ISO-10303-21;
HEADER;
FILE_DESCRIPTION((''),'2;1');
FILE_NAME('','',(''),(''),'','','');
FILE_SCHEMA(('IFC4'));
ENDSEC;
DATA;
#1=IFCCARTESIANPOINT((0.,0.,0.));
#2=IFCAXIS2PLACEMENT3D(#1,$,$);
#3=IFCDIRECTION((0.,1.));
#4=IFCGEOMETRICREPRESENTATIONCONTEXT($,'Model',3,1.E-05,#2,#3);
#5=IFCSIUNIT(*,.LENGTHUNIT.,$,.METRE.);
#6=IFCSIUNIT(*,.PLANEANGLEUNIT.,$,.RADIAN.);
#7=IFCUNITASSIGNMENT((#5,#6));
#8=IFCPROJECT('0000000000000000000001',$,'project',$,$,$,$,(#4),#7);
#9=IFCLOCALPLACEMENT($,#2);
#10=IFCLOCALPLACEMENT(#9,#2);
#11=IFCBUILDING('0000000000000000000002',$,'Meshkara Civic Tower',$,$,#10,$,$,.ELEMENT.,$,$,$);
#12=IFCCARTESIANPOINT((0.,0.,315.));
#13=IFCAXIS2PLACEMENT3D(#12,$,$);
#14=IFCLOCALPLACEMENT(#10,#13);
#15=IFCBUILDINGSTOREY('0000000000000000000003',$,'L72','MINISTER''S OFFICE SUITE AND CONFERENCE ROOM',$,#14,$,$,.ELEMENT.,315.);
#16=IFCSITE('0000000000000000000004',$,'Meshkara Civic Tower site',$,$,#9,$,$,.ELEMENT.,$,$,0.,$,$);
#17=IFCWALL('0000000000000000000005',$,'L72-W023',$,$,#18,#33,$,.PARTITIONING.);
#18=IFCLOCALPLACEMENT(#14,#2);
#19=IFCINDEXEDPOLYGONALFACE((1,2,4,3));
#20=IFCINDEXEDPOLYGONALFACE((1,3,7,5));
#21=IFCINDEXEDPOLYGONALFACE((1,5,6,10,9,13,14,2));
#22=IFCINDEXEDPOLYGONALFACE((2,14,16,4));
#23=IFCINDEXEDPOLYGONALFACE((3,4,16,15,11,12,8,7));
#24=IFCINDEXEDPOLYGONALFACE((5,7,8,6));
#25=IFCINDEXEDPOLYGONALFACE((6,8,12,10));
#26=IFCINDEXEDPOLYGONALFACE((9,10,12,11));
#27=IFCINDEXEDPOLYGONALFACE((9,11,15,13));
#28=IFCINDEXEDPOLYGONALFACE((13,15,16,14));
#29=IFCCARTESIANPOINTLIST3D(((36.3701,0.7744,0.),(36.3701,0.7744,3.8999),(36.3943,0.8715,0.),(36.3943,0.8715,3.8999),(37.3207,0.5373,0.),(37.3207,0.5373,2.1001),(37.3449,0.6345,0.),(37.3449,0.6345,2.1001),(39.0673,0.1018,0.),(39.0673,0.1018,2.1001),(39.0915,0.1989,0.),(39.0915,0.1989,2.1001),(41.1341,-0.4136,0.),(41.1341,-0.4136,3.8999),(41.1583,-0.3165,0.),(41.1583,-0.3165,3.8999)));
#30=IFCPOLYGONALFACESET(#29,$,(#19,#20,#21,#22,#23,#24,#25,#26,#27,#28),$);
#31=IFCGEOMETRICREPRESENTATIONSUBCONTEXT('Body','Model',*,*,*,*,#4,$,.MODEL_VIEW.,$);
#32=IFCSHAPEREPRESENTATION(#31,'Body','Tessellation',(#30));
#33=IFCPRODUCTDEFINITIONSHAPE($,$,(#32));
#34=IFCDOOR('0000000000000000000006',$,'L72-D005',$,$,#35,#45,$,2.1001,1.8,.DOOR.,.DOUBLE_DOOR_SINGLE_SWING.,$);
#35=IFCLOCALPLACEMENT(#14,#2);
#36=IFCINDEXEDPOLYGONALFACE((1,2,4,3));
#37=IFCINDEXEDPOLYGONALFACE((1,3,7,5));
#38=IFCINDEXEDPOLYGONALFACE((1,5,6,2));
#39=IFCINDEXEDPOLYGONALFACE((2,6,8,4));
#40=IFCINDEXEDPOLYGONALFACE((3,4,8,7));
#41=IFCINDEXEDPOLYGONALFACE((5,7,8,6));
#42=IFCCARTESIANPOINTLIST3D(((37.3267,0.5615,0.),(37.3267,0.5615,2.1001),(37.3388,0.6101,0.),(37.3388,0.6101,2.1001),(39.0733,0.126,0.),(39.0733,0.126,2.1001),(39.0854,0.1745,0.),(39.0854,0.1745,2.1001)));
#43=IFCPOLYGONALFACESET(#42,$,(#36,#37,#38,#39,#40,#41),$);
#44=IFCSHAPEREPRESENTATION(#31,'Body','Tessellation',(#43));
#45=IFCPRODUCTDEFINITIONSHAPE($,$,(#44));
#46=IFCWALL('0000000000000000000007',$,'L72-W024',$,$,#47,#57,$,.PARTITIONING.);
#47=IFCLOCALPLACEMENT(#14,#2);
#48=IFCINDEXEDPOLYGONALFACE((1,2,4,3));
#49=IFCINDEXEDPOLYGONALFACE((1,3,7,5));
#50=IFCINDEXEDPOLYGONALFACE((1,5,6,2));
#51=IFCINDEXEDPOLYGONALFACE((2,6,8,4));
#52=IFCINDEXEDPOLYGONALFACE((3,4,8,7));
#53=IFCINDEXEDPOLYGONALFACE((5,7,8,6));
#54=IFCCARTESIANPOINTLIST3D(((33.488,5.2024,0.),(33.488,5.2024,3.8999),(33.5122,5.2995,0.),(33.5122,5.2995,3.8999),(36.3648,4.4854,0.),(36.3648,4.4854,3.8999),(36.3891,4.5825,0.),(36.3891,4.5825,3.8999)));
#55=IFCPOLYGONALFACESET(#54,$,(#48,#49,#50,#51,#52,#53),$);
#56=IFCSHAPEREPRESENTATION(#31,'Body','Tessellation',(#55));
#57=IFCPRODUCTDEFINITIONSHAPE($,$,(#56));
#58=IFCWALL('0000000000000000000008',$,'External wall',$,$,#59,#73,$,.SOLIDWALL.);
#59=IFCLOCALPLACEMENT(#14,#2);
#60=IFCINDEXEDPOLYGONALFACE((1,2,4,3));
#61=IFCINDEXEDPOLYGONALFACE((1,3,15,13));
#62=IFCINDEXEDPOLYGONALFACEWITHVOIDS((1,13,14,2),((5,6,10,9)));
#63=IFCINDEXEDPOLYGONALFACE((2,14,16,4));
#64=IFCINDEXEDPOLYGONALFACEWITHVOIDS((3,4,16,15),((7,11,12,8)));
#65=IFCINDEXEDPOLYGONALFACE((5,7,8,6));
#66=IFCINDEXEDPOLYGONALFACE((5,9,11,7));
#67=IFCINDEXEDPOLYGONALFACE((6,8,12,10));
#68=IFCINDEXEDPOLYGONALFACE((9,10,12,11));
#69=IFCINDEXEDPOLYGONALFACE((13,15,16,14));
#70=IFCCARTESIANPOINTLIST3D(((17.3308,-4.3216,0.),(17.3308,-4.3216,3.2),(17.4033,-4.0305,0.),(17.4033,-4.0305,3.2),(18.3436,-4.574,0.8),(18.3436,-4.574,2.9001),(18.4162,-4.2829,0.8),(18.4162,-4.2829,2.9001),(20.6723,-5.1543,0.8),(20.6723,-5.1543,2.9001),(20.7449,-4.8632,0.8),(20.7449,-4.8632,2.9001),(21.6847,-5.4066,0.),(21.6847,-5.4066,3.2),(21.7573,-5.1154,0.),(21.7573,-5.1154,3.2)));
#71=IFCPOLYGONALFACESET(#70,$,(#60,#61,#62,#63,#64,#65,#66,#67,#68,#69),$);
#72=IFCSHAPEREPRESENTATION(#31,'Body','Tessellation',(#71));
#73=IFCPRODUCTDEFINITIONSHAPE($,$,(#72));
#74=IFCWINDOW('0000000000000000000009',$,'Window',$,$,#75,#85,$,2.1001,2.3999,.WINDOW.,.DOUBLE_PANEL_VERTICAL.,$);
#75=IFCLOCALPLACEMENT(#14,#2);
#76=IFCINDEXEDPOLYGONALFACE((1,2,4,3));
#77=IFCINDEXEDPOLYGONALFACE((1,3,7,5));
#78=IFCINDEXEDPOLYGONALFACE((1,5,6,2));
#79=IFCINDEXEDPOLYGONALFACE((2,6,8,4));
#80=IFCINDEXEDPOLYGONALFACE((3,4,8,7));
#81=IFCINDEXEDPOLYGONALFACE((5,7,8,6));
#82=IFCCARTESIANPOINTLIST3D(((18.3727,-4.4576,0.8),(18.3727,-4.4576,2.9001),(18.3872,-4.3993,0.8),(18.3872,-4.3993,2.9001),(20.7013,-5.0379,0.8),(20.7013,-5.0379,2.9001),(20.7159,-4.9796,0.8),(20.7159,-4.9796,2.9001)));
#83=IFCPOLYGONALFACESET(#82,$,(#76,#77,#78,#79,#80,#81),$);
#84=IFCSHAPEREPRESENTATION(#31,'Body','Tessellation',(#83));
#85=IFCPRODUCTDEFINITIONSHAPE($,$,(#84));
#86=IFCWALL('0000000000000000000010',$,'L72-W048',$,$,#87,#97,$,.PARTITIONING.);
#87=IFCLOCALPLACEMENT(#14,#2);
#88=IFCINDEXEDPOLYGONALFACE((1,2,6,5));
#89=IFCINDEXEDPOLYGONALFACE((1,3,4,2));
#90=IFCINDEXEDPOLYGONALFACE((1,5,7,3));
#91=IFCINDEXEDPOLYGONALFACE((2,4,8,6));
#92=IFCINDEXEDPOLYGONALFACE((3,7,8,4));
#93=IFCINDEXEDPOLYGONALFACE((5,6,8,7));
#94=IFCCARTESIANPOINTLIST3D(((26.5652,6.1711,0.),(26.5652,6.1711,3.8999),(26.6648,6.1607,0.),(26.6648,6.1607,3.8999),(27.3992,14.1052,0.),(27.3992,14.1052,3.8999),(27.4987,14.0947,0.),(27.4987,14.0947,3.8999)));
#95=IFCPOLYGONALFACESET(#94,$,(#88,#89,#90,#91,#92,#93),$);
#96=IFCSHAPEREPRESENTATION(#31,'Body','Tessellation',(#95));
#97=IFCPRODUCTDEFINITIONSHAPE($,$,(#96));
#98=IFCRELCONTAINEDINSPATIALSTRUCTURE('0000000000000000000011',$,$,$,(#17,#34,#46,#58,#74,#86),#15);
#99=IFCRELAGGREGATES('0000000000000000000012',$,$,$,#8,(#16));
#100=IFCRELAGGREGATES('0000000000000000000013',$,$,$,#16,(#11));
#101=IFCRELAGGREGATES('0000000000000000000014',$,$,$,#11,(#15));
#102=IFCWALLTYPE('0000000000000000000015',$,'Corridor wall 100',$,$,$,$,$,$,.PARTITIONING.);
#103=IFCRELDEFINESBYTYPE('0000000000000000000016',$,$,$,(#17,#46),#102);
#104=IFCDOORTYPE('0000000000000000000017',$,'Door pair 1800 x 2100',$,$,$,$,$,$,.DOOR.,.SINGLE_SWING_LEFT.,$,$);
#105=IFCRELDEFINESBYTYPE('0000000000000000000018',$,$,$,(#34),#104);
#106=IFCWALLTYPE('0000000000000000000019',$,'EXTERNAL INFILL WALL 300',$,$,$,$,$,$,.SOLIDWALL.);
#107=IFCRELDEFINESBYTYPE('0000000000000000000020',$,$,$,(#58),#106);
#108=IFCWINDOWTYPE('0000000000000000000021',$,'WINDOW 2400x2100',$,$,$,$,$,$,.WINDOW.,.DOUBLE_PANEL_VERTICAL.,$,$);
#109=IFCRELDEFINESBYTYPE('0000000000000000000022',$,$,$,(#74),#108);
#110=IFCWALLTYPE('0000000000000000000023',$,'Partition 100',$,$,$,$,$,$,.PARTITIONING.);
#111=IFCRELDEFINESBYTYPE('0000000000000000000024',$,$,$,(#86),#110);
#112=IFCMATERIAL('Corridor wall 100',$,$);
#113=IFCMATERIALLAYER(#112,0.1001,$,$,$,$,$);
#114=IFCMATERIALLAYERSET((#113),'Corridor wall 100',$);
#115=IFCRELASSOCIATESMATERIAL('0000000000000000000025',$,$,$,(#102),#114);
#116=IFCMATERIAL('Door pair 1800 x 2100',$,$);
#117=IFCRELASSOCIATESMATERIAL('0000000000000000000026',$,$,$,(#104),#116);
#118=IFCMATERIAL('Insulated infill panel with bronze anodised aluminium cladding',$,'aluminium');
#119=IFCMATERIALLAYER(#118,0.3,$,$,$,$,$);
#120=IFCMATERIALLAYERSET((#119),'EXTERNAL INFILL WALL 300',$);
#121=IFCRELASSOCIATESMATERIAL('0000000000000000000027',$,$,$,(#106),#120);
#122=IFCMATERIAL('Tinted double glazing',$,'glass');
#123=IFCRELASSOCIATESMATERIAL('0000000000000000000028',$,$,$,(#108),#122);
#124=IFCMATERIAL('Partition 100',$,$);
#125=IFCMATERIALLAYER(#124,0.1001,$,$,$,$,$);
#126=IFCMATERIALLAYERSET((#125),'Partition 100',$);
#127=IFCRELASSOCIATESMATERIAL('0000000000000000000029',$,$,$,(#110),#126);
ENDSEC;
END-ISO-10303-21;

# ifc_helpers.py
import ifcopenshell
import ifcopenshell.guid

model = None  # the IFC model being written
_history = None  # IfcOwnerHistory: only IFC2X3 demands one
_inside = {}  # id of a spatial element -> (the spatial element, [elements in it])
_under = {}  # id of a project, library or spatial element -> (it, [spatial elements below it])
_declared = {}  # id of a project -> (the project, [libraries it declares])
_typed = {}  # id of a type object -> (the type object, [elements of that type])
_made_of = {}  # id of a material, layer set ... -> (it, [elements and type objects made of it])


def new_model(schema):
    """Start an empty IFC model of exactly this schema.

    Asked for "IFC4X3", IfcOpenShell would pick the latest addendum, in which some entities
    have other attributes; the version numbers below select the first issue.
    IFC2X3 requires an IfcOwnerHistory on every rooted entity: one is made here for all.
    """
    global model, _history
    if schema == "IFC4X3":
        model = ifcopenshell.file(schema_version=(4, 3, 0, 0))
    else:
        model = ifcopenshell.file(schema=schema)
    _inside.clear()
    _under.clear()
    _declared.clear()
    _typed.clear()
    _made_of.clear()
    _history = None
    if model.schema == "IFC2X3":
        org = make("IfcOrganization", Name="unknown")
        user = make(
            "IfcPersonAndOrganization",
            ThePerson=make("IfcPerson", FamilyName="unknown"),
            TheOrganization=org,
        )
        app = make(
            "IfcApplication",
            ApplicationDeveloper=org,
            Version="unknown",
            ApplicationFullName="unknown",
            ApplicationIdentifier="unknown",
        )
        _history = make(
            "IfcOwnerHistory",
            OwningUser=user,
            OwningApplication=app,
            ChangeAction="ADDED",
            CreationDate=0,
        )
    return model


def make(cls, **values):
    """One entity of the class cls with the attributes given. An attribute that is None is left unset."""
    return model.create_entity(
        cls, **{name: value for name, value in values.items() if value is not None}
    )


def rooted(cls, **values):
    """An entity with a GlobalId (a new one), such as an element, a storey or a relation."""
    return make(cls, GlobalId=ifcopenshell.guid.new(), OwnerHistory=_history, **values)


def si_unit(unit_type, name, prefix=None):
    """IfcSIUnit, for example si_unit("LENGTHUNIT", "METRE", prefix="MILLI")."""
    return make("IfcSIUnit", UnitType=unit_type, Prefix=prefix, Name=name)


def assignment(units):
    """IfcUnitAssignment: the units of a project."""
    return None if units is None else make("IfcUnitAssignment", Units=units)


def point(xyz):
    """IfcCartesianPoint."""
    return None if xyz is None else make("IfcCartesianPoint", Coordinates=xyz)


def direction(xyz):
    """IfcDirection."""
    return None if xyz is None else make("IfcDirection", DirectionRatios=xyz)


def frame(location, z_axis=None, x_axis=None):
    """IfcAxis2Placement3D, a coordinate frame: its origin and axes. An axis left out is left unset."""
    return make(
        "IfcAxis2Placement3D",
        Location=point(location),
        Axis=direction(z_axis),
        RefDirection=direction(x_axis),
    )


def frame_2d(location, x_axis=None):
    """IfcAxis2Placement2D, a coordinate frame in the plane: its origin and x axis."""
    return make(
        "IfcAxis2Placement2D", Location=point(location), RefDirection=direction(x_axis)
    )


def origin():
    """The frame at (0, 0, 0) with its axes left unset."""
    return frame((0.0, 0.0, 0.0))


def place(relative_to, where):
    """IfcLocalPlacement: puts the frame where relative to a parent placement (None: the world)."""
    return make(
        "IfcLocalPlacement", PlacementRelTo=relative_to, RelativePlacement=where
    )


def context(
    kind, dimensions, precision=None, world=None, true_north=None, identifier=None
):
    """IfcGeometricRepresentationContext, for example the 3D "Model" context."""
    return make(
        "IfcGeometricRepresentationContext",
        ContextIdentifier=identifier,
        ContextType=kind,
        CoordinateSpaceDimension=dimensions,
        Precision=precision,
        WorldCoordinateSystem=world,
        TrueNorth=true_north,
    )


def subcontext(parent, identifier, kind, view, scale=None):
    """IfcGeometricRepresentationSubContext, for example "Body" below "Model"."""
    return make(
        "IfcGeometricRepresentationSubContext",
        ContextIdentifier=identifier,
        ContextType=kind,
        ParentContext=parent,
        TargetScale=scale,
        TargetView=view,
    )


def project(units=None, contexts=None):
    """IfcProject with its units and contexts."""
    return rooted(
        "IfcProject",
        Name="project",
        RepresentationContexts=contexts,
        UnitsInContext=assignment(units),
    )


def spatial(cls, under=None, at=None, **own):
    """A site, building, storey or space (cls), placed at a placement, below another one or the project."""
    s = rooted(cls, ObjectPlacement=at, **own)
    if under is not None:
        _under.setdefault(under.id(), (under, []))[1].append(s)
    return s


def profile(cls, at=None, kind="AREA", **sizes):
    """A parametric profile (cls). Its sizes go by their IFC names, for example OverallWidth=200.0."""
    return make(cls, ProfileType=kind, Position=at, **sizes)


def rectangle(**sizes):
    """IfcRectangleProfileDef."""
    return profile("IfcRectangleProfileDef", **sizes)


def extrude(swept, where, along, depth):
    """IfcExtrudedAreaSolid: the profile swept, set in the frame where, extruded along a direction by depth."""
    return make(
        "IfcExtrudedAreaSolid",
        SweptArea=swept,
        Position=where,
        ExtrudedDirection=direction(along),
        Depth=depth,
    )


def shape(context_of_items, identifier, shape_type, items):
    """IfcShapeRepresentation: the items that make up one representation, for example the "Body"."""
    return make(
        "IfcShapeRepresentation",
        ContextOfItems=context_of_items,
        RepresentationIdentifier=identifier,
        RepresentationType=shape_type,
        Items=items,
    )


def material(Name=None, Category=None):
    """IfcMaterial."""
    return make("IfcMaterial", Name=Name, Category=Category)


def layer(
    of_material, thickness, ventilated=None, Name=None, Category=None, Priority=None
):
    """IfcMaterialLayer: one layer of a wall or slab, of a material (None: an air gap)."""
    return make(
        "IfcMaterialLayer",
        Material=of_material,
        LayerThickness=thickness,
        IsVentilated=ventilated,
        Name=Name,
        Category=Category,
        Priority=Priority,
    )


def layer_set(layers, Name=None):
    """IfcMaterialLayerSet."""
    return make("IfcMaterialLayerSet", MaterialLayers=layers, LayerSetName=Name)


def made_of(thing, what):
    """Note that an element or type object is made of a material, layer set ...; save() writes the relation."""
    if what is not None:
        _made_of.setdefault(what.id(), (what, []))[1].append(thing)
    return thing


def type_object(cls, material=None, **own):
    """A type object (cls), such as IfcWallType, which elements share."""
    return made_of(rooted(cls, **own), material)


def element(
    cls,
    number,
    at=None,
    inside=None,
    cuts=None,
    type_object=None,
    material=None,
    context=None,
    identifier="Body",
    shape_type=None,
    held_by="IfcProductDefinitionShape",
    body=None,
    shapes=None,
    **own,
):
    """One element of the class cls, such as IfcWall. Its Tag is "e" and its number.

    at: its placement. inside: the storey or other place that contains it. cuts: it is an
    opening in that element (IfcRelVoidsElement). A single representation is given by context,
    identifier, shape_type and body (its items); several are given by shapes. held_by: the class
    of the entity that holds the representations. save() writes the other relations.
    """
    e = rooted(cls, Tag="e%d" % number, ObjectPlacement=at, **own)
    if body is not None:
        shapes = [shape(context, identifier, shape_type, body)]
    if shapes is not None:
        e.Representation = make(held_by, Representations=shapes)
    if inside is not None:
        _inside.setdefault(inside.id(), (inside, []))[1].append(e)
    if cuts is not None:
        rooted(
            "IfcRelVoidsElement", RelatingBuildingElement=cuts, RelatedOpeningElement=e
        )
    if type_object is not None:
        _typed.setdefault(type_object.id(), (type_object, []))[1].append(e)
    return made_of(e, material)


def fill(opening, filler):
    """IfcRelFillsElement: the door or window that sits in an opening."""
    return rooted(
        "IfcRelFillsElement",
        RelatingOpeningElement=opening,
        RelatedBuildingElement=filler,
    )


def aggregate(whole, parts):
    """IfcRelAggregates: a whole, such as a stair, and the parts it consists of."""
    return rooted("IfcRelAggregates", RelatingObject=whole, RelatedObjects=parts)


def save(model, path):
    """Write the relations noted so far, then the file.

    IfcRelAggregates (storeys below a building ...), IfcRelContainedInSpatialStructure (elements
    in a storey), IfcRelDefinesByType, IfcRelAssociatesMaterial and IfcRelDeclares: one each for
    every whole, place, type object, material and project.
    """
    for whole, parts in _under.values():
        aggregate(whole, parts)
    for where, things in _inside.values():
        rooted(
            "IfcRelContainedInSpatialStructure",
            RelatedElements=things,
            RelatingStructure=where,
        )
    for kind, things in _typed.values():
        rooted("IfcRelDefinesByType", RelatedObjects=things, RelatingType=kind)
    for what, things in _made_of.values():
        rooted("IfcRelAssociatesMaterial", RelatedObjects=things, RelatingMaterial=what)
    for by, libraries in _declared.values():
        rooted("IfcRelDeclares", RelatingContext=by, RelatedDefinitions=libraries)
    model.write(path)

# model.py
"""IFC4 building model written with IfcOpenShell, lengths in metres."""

from ifc_helpers import new_model, si_unit, direction, frame, frame_2d, origin, place, context, subcontext, project, spatial, rectangle, extrude, material, layer, layer_set, type_object, element, fill, save


model = new_model("IFC4")

# Units and contexts
model_context = context("Model", 3, precision=1e-05, world=origin(), true_north=direction((0.0, 1.0)))
body_context = subcontext(model_context, "Body", "Model", "MODEL_VIEW")
ifc_project = project(units=[si_unit("LENGTHUNIT", "METRE"), si_unit("PLANEANGLEUNIT", "RADIAN")], contexts=[model_context])

# Site, building, storey
site_placement = place(None, origin())
site = spatial("IfcSite", under=ifc_project, at=site_placement, Name="Meshkara Civic Tower site", CompositionType="ELEMENT", RefElevation=0.0)
building_placement = place(site_placement, origin())
building = spatial("IfcBuilding", under=site, at=building_placement, Name="Meshkara Civic Tower", CompositionType="ELEMENT")
storey_placement = place(building_placement, frame((0.0, 0.0, 315.0)))
storey = spatial("IfcBuildingStorey", under=building, at=storey_placement, Name="L72", Description="MINISTER'S OFFICE SUITE AND CONFERENCE ROOM", CompositionType="ELEMENT", Elevation=315.0)

# Shared definitions
ifc_material_1 = material(Name="Corridor wall 100")
ifc_layer_1 = layer(ifc_material_1, 0.1001)
ifc_layer_set_1 = layer_set([ifc_layer_1], Name="Corridor wall 100")
wall_type_1 = type_object("IfcWallType", Name="Corridor wall 100", PredefinedType="PARTITIONING", material=ifc_layer_set_1)

# Wall, opening, door
ifc_material_2 = material(Name="Door pair 1800 x 2100")
door_type = type_object("IfcDoorType", Name="Door pair 1800 x 2100", OperationType="SINGLE_SWING_LEFT", PredefinedType="DOOR", material=ifc_material_2)
wall_1_placement = place(storey_placement, frame((36.3821, 0.823, 0.0), z_axis=(0.0, 0.0, 1.0), x_axis=(0.970286, -0.241962, 0.0)))
wall_1 = element("IfcWall", 1, at=wall_1_placement, inside=storey, type_object=wall_type_1, Name="L72-W023", PredefinedType="PARTITIONING", context=body_context, shape_type="SweptSolid", body=[
    extrude(rectangle(XDim=4.9099, YDim=0.1001, at=frame_2d((2.4551, 0.0))), origin(), (0.0, 0.0, 1.0), 3.8999),
])
opening_1_placement = place(wall_1_placement, frame((0.98, 0.0, 0.0)))
opening_1 = element("IfcOpeningElement", 2, at=opening_1_placement, cuts=wall_1, PredefinedType="OPENING", context=body_context, shape_type="SweptSolid", body=[
    extrude(rectangle(XDim=1.8, YDim=2.1001, at=frame_2d((0.8999, 1.05))), frame((0.0, 0.0601, 0.0), z_axis=(0.0, -1.0, 0.0), x_axis=(1.0, 0.0, 0.0)), (0.0, 0.0, 1.0), 0.1201),
])
door_1_placement = place(opening_1_placement, origin())
door_1 = element("IfcDoor", 3, at=door_1_placement, inside=storey, type_object=door_type, Name="L72-D005", OperationType="DOUBLE_DOOR_SINGLE_SWING", OverallHeight=2.1001, OverallWidth=1.8, PredefinedType="DOOR", context=body_context, shape_type="SweptSolid", body=[
    extrude(rectangle(XDim=1.8, YDim=2.1001, at=frame_2d((0.8999, 1.05))), frame((0.0, 0.0249, 0.0), z_axis=(0.0, -1.0, 0.0), x_axis=(1.0, 0.0, 0.0)), (0.0, 0.0, 1.0), 0.05),
])
fill(opening_1, door_1)

# Wall
wall_2_placement = place(storey_placement, frame((36.377, 4.5339, 0.0), z_axis=(0.0, 0.0, 1.0), x_axis=(-0.970317, 0.241838, 0.0)))
element("IfcWall", 4, at=wall_2_placement, inside=storey, type_object=wall_type_1, Name="L72-W024", PredefinedType="PARTITIONING", context=body_context, shape_type="SweptSolid", body=[
    extrude(rectangle(XDim=2.9648, YDim=0.1001, at=frame_2d((1.4824, 0.0))), origin(), (0.0, 0.0, 1.0), 3.8999),
])

# Wall, opening, window
ifc_material_3 = material(Name="Insulated infill panel with bronze anodised aluminium cladding", Category="aluminium")
ifc_layer_2 = layer(ifc_material_3, 0.3)
ifc_layer_set_2 = layer_set([ifc_layer_2], Name="EXTERNAL INFILL WALL 300")
wall_type_2 = type_object("IfcWallType", Name="EXTERNAL INFILL WALL 300", PredefinedType="SOLIDWALL", material=ifc_layer_set_2)
wall_3_placement = place(storey_placement, frame((17.3669, -4.176, 0.0), z_axis=(0.0, 0.0, 1.0), x_axis=(0.970328, -0.241793, 0.0)))
wall_3 = element("IfcWall", 5, at=wall_3_placement, inside=storey, type_object=wall_type_2, Name="External wall", PredefinedType="SOLIDWALL", context=body_context, shape_type="SweptSolid", body=[
    extrude(rectangle(XDim=4.4871, YDim=0.3, at=frame_2d((2.2437, 0.0))), origin(), (0.0, 0.0, 1.0), 3.2),
])
opening_2_placement = place(wall_3_placement, frame((1.0439, 0.0, 0.8)))
opening_2 = element("IfcOpeningElement", 6, at=opening_2_placement, cuts=wall_3, PredefinedType="OPENING", context=body_context, shape_type="SweptSolid", body=[
    extrude(rectangle(XDim=2.3999, YDim=2.1001, at=frame_2d((1.2, 1.05))), frame((0.0, 0.1599, 0.0), z_axis=(0.0, -1.0, 0.0), x_axis=(1.0, 0.0, 0.0)), (0.0, 0.0, 1.0), 0.3201),
])
ifc_material_4 = material(Name="Tinted double glazing", Category="glass")
window_type = type_object("IfcWindowType", Name="WINDOW 2400x2100", PartitioningType="DOUBLE_PANEL_VERTICAL", PredefinedType="WINDOW", material=ifc_material_4)
window_placement = place(opening_2_placement, origin())
window = element("IfcWindow", 7, at=window_placement, inside=storey, type_object=window_type, Name="Window", OverallHeight=2.1001, OverallWidth=2.3999, PartitioningType="DOUBLE_PANEL_VERTICAL", PredefinedType="WINDOW", context=body_context, shape_type="SweptSolid", body=[
    extrude(rectangle(XDim=2.3999, YDim=2.1001, at=frame_2d((1.2, 1.05))), frame((0.0, 0.03, 0.0), z_axis=(0.0, -1.0, 0.0), x_axis=(1.0, 0.0, 0.0)), (0.0, 0.0, 1.0), 0.0601),
])
fill(opening_2, window)

# Wall
ifc_material_5 = material(Name="Partition 100")
ifc_layer_3 = layer(ifc_material_5, 0.1001)
ifc_layer_set_3 = layer_set([ifc_layer_3], Name="Partition 100")
wall_type_3 = type_object("IfcWallType", Name="Partition 100", PredefinedType="PARTITIONING", material=ifc_layer_set_3)
wall_4_placement = place(storey_placement, frame((26.615, 6.166, 0.0), z_axis=(0.0, 0.0, 1.0), x_axis=(0.104538, 0.994521, 0.0)))
element("IfcWall", 8, at=wall_4_placement, inside=storey, type_object=wall_type_3, Name="L72-W048", PredefinedType="PARTITIONING", context=body_context, shape_type="SweptSolid", body=[
    extrude(rectangle(XDim=7.9778, YDim=0.1001, at=frame_2d((3.9888, 0.0))), origin(), (0.0, 0.0, 1.0), 3.8999),
])

save(model, "model.ifc")
